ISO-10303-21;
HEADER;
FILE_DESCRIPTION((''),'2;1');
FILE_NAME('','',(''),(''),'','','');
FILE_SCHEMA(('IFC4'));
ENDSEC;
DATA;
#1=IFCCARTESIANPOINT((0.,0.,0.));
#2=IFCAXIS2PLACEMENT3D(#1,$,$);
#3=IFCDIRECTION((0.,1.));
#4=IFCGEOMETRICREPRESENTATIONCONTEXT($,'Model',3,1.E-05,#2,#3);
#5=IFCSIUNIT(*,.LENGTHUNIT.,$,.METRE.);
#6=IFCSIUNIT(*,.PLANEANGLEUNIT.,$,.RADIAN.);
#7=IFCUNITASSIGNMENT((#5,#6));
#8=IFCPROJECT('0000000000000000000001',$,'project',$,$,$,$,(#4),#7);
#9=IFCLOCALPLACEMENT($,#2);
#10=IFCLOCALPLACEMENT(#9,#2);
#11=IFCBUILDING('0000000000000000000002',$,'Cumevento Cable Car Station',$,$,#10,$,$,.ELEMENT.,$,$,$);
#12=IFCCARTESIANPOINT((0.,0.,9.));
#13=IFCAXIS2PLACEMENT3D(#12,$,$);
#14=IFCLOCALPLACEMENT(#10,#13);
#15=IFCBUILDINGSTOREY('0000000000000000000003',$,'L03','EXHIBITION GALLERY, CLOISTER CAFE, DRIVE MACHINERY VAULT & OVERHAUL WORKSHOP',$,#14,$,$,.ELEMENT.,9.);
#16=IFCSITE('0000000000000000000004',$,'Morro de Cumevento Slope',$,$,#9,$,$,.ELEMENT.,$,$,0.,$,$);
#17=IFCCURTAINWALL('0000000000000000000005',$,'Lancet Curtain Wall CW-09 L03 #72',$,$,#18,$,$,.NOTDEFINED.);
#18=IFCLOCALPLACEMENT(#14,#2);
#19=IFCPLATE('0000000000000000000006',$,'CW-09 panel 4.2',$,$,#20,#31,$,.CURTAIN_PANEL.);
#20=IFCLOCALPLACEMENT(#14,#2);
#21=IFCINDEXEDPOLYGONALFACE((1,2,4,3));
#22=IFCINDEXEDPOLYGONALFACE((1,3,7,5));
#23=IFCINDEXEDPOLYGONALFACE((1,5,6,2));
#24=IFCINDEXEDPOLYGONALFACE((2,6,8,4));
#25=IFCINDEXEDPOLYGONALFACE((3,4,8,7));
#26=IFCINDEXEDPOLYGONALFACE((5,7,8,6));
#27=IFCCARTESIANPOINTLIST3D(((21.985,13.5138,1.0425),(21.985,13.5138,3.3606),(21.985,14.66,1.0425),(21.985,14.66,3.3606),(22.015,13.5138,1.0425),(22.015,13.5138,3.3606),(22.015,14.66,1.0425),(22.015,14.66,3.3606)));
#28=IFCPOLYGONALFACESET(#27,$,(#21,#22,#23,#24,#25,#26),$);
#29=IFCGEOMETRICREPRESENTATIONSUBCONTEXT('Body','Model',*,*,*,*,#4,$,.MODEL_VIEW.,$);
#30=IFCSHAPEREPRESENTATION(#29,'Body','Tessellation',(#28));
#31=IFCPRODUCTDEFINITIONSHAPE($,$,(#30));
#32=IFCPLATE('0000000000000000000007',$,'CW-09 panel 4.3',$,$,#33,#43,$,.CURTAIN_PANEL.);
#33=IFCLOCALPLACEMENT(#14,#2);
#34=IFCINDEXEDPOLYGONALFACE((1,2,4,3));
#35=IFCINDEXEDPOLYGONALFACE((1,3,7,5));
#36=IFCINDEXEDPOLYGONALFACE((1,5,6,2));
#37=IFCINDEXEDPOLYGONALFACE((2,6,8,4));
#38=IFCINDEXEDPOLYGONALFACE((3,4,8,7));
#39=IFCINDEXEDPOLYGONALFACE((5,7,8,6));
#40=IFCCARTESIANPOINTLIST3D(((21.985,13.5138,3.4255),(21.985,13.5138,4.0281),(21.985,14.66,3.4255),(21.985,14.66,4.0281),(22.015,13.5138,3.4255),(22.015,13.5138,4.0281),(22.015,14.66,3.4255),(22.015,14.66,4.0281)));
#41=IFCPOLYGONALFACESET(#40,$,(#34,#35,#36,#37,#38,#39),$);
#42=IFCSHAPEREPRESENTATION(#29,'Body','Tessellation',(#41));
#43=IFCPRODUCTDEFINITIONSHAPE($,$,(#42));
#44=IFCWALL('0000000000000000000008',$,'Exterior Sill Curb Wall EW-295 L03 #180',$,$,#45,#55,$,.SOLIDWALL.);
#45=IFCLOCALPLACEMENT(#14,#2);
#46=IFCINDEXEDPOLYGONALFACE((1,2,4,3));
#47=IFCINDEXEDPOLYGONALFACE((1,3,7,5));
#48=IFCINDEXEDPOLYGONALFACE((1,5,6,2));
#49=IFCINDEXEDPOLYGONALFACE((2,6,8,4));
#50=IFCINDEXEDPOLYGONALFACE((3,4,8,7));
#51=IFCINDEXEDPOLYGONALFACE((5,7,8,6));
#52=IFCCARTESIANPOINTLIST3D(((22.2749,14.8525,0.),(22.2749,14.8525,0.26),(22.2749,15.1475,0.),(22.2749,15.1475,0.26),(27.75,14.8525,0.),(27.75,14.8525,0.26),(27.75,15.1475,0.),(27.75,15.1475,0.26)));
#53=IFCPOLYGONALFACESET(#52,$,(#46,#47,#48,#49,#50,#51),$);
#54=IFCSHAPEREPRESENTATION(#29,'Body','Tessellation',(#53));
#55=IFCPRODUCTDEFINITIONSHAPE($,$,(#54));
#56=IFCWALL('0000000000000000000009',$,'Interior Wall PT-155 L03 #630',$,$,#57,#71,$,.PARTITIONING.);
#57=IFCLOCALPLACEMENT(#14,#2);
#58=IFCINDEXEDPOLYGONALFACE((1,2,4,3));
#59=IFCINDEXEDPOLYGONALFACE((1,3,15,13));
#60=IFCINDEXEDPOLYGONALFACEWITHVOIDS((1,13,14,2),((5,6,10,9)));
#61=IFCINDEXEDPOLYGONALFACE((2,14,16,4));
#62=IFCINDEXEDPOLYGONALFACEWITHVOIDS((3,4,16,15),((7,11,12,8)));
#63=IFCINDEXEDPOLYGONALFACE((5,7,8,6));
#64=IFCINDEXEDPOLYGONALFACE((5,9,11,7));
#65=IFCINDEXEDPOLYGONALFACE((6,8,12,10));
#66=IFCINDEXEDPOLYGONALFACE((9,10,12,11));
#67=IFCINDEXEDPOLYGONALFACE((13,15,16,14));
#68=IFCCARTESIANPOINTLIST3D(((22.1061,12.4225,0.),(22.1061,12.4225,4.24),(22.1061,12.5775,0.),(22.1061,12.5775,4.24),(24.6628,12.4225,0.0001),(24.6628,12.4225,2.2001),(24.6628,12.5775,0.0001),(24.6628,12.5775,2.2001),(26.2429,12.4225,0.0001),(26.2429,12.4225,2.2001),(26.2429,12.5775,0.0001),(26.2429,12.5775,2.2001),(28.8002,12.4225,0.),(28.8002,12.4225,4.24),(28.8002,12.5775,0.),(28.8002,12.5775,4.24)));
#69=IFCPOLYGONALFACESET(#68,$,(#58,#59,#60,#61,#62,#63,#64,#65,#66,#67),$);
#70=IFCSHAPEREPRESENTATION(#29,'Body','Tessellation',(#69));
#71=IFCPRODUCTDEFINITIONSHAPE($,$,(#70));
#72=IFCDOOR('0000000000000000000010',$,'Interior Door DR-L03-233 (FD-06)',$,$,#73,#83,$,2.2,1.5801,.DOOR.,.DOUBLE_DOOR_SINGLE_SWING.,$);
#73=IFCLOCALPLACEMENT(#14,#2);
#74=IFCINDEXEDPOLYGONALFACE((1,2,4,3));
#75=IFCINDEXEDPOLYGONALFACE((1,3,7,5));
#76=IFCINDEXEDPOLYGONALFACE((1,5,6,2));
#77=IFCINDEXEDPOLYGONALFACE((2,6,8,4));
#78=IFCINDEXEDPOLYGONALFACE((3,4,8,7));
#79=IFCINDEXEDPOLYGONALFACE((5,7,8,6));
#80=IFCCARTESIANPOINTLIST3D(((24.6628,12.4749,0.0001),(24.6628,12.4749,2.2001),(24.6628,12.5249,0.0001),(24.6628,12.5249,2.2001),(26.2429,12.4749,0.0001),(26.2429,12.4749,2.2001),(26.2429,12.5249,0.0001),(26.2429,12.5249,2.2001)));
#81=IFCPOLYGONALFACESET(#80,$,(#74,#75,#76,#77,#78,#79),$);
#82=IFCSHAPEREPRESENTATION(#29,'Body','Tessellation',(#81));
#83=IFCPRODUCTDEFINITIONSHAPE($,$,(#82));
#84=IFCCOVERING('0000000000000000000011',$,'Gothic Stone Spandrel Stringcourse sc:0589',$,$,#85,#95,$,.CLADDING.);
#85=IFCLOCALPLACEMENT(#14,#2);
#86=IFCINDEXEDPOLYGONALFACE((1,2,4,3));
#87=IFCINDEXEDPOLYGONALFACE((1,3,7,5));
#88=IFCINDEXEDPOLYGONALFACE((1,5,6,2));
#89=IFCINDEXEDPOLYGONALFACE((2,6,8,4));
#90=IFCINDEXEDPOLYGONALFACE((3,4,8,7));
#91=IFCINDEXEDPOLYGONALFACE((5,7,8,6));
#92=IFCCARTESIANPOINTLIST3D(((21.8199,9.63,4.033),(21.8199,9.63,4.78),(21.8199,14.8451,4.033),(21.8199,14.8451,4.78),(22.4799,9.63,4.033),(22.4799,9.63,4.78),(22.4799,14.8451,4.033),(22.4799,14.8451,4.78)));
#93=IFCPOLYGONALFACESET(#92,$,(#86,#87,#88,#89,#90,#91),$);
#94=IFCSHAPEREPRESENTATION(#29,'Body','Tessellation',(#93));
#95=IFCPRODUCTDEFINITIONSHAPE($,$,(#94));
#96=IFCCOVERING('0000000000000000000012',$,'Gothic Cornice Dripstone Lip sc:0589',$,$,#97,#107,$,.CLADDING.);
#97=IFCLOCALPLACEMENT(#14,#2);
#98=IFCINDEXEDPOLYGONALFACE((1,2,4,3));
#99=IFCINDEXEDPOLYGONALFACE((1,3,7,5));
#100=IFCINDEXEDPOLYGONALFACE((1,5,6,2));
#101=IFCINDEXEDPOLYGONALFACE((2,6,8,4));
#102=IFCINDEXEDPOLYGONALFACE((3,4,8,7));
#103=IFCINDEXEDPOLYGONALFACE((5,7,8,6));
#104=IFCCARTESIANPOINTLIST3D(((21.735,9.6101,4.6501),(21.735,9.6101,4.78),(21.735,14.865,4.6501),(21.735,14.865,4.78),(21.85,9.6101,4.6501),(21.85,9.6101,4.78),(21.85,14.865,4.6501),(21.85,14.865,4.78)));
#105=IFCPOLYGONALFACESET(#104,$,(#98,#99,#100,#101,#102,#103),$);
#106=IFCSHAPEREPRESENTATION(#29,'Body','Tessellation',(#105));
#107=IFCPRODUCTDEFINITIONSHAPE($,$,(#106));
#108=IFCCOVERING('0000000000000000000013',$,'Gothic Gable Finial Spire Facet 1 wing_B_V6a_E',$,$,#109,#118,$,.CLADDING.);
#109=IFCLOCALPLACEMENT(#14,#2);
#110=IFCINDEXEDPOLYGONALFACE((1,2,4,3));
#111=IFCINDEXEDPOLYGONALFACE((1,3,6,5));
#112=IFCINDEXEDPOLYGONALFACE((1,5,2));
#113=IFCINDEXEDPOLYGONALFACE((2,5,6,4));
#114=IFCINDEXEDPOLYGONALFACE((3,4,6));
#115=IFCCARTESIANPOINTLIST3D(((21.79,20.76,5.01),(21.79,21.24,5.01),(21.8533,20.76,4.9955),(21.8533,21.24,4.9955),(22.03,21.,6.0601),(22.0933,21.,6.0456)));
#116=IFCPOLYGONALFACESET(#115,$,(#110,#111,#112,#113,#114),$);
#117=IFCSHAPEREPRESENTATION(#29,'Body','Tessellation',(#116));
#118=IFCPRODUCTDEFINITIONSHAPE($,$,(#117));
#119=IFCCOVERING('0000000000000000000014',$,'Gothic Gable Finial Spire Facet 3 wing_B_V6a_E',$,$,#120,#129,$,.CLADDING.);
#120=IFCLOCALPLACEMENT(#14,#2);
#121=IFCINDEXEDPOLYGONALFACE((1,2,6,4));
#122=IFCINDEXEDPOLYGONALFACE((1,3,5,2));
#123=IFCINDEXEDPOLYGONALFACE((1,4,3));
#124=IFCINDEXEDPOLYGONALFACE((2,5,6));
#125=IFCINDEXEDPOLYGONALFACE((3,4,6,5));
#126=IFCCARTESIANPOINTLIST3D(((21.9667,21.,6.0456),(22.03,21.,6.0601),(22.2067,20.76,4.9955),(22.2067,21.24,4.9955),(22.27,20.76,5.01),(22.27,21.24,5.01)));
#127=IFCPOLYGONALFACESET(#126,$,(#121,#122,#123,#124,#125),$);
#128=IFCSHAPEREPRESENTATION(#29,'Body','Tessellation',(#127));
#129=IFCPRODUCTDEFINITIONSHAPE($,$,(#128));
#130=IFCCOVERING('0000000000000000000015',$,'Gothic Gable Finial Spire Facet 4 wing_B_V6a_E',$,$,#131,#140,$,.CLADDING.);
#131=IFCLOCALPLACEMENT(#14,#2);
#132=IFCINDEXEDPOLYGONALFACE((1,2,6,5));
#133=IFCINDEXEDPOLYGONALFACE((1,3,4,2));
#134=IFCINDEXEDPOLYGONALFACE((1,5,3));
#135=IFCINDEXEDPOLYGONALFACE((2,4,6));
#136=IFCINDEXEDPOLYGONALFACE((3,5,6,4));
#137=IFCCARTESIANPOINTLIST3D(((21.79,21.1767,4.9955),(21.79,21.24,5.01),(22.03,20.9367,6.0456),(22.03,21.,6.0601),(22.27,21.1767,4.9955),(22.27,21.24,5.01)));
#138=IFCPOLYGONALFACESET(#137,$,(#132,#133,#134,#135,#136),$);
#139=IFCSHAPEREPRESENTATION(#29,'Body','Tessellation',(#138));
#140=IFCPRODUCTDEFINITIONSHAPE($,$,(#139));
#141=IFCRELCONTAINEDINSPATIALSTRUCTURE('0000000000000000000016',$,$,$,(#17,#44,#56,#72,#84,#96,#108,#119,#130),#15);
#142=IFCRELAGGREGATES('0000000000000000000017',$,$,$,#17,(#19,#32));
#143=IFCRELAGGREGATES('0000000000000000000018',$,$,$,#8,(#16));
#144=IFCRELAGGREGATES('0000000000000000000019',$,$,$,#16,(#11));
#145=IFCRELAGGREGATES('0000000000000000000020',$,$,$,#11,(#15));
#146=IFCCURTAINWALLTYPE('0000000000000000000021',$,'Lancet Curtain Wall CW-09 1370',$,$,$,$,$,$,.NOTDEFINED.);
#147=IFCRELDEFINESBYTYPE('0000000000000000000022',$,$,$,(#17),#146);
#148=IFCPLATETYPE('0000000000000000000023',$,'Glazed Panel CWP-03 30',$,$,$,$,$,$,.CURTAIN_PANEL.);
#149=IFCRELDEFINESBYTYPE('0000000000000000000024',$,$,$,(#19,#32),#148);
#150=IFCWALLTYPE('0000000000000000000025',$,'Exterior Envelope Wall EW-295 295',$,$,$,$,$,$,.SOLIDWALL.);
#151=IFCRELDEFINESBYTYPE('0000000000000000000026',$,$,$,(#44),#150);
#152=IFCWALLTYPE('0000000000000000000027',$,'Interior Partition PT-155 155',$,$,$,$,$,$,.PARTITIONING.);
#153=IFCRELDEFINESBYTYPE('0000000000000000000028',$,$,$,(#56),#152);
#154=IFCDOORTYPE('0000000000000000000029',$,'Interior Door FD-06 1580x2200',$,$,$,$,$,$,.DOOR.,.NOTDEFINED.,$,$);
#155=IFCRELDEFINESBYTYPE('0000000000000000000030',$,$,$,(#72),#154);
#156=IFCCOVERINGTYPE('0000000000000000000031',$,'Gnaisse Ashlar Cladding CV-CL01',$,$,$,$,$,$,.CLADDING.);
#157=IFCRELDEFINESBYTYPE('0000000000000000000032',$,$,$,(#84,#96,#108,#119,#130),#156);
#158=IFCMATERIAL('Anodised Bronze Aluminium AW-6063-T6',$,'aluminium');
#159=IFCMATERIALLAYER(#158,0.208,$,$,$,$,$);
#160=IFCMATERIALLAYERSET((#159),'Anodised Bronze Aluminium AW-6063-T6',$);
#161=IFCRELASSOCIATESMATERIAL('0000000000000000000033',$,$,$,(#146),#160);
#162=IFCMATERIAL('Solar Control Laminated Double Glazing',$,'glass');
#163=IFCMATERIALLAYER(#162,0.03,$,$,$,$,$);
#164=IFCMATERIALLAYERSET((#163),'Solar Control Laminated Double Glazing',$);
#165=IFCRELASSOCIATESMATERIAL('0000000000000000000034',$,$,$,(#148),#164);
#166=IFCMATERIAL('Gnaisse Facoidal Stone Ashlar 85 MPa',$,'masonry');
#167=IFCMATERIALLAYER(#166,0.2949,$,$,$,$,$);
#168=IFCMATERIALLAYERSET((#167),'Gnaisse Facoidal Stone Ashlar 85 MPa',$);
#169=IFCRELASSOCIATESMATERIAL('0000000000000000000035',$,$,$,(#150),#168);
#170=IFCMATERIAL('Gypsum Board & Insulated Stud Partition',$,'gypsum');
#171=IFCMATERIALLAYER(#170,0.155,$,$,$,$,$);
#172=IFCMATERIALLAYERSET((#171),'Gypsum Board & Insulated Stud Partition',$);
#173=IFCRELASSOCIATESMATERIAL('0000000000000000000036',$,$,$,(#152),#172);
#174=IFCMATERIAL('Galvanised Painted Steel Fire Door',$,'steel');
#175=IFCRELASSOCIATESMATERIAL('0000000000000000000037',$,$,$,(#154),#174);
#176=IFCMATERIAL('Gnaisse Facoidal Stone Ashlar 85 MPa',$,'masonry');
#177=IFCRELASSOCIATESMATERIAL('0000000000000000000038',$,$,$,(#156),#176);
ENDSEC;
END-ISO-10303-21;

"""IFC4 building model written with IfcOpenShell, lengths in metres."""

from ifc_helpers import new_model, si_unit, direction, frame, frame_2d, origin, origin_2d, place, context, subcontext, project, spatial, polyline, rectangle, outline, extrude, material, layer, layer_set, type_object, element, fill, aggregate, save


model = new_model("IFC4")

# Units and contexts
model_context = context("Model", 3, precision=1e-05, world=origin(), true_north=direction((0.0, 1.0)))
body_context = subcontext(model_context, "Body", "Model", "MODEL_VIEW")
ifc_project = project(units=[si_unit("LENGTHUNIT", "METRE"), si_unit("PLANEANGLEUNIT", "RADIAN")], contexts=[model_context])

# Site, building, storey
site_placement = place(None, origin())
site = spatial("IfcSite", under=ifc_project, at=site_placement, Name="Morro de Cumevento Slope", CompositionType="ELEMENT", RefElevation=0.0)
building_placement = place(site_placement, origin())
building = spatial("IfcBuilding", under=site, at=building_placement, Name="Cumevento Cable Car Station", CompositionType="ELEMENT")
storey_placement = place(building_placement, frame((0.0, 0.0, 9.0)))
storey = spatial("IfcBuildingStorey", under=building, at=storey_placement, Name="L03", Description="EXHIBITION GALLERY, CLOISTER CAFE, DRIVE MACHINERY VAULT & OVERHAUL WORKSHOP", CompositionType="ELEMENT", Elevation=9.0)

# Curtain wall
ifc_material_1 = material(Name="Anodised Bronze Aluminium AW-6063-T6", Category="aluminium")
ifc_layer_1 = layer(ifc_material_1, 0.208)
ifc_layer_set_1 = layer_set([ifc_layer_1], Name="Anodised Bronze Aluminium AW-6063-T6")
curtain_wall_type_1 = type_object("IfcCurtainWallType", Name="Lancet Curtain Wall CW-09 1370", PredefinedType="NOTDEFINED", material=ifc_layer_set_1)
curtain_wall_1_placement = place(storey_placement, origin())
curtain_wall_1 = element("IfcCurtainWall", 1, at=curtain_wall_1_placement, inside=storey, type_object=curtain_wall_type_1, Name="Lancet Curtain Wall CW-09 L03 #72", PredefinedType="NOTDEFINED")

# Plates
ifc_material_2 = material(Name="Solar Control Laminated Double Glazing", Category="glass")
ifc_layer_2 = layer(ifc_material_2, 0.03)
ifc_layer_set_2 = layer_set([ifc_layer_2], Name="Solar Control Laminated Double Glazing")
plate_type = type_object("IfcPlateType", Name="Glazed Panel CWP-03 30", PredefinedType="CURTAIN_PANEL", material=ifc_layer_set_2)
plate_1_placement = place(storey_placement, frame((22.0, 14.0869, 1.0425), z_axis=(0.0, 0.0, 1.0), x_axis=(0.0, 1.0, 0.0)))
plate_1 = element("IfcPlate", 2, at=plate_1_placement, type_object=plate_type, Name="CW-09 panel 4.2", PredefinedType="CURTAIN_PANEL", context=body_context, shape_type="SweptSolid", body=[
    extrude(rectangle(XDim=1.1462, YDim=0.03, at=origin_2d()), origin(), (0.0, 0.0, 1.0), 2.3181),
])
plate_2_placement = place(storey_placement, frame((22.0, 14.0869, 3.4255), z_axis=(0.0, 0.0, 1.0), x_axis=(0.0, 1.0, 0.0)))
plate_2 = element("IfcPlate", 3, at=plate_2_placement, type_object=plate_type, Name="CW-09 panel 4.3", PredefinedType="CURTAIN_PANEL", context=body_context, shape_type="SweptSolid", body=[
    extrude(rectangle(XDim=1.1462, YDim=0.03, at=origin_2d()), origin(), (0.0, 0.0, 1.0), 0.6025),
])
aggregate(curtain_wall_1, [plate_1, plate_2])

# Wall
ifc_material_3 = material(Name="Gnaisse Facoidal Stone Ashlar 85 MPa", Category="masonry")
ifc_layer_3 = layer(ifc_material_3, 0.2949)
ifc_layer_set_3 = layer_set([ifc_layer_3], Name="Gnaisse Facoidal Stone Ashlar 85 MPa")
wall_type_1 = type_object("IfcWallType", Name="Exterior Envelope Wall EW-295 295", PredefinedType="SOLIDWALL", material=ifc_layer_set_3)
wall_1_placement = place(storey_placement, frame((22.2749, 15.0, 0.0), z_axis=(0.0, 0.0, 1.0), x_axis=(1.0, 0.0, 0.0)))
element("IfcWall", 4, at=wall_1_placement, inside=storey, type_object=wall_type_1, Name="Exterior Sill Curb Wall EW-295 L03 #180", PredefinedType="SOLIDWALL", context=body_context, shape_type="SweptSolid", body=[
    extrude(rectangle(XDim=5.4751, YDim=0.2949, at=frame_2d((2.7375, 0.0))), origin(), (0.0, 0.0, 1.0), 0.26),
])

# Wall, opening, door
ifc_material_4 = material(Name="Gypsum Board & Insulated Stud Partition", Category="gypsum")
ifc_layer_4 = layer(ifc_material_4, 0.155)
ifc_layer_set_4 = layer_set([ifc_layer_4], Name="Gypsum Board & Insulated Stud Partition")
wall_type_2 = type_object("IfcWallType", Name="Interior Partition PT-155 155", PredefinedType="PARTITIONING", material=ifc_layer_set_4)
wall_2_placement = place(storey_placement, frame((22.106, 12.5, 0.0), z_axis=(0.0, 0.0, 1.0), x_axis=(1.0, 0.0, 0.0)))
wall_2 = element("IfcWall", 5, at=wall_2_placement, inside=storey, type_object=wall_type_2, Name="Interior Wall PT-155 L03 #630", PredefinedType="PARTITIONING", context=body_context, shape_type="SweptSolid", body=[
    extrude(rectangle(XDim=6.6941, YDim=0.155, at=frame_2d((3.3472, 0.0))), origin(), (0.0, 0.0, 1.0), 4.24),
])
opening_placement = place(wall_2_placement, frame((2.5569, 0.0, 0.0)))
opening = element("IfcOpeningElement", 6, at=opening_placement, cuts=wall_2, PredefinedType="OPENING", context=body_context, shape_type="SweptSolid", body=[
    extrude(rectangle(XDim=1.5801, YDim=2.2, at=frame_2d((0.79, 1.1001))), frame((0.0, 0.0876, 0.0), z_axis=(0.0, -1.0, 0.0), x_axis=(1.0, 0.0, 0.0)), (0.0, 0.0, 1.0), 0.175),
])
ifc_material_5 = material(Name="Galvanised Painted Steel Fire Door", Category="steel")
door_type = type_object("IfcDoorType", Name="Interior Door FD-06 1580x2200", OperationType="NOTDEFINED", PredefinedType="DOOR", material=ifc_material_5)
door_placement = place(opening_placement, origin())
door = element("IfcDoor", 7, at=door_placement, inside=storey, type_object=door_type, Name="Interior Door DR-L03-233 (FD-06)", OperationType="DOUBLE_DOOR_SINGLE_SWING", OverallHeight=2.2, OverallWidth=1.5801, PredefinedType="DOOR", context=body_context, shape_type="SweptSolid", body=[
    extrude(rectangle(XDim=1.5801, YDim=2.2, at=frame_2d((0.79, 1.1001))), frame((0.0, 0.0249, 0.0), z_axis=(0.0, -1.0, 0.0), x_axis=(1.0, 0.0, 0.0)), (0.0, 0.0, 1.0), 0.05),
])
fill(opening, door)

# Coverings
ifc_material_6 = material(Name="Gnaisse Facoidal Stone Ashlar 85 MPa", Category="masonry")
covering_type = type_object("IfcCoveringType", Name="Gnaisse Ashlar Cladding CV-CL01", PredefinedType="CLADDING", material=ifc_material_6)
covering_1_placement = place(storey_placement, frame((22.1499, 12.2375, 4.033), z_axis=(0.0, 0.0, 1.0), x_axis=(0.0, 1.0, 0.0)))
element("IfcCovering", 8, at=covering_1_placement, inside=storey, type_object=covering_type, Name="Gothic Stone Spandrel Stringcourse sc:0589", PredefinedType="CLADDING", context=body_context, shape_type="SweptSolid", body=[
    extrude(rectangle(XDim=5.2151, YDim=0.6599, at=origin_2d()), origin(), (0.0, 0.0, 1.0), 0.7471),
])
covering_2_placement = place(storey_placement, frame((21.7925, 12.2375, 4.6501), z_axis=(0.0, 0.0, 1.0), x_axis=(0.0, 1.0, 0.0)))
element("IfcCovering", 9, at=covering_2_placement, inside=storey, type_object=covering_type, Name="Gothic Cornice Dripstone Lip sc:0589", PredefinedType="CLADDING", context=body_context, shape_type="SweptSolid", body=[
    extrude(rectangle(XDim=5.2549, YDim=0.115, at=origin_2d()), origin(), (0.0, 0.0, 1.0), 0.1299),
])
for number, where, z_axis, x_axis, name in (
    (10, (21.79, 21.24, 5.01), (-0.974863, 0.0, 0.222806), (0.0, -1.0, 0.0), "Gothic Gable Finial Spire Facet 1 wing_B_V6a_E"),
    (11, (22.27, 20.76, 5.01), (0.974863, 0.0, 0.222806), (0.0, 1.0, 0.0), "Gothic Gable Finial Spire Facet 3 wing_B_V6a_E"),
    (12, (22.27, 21.24, 5.01), (0.0, 0.974863, 0.222806), (-1.0, 0.0, 0.0), "Gothic Gable Finial Spire Facet 4 wing_B_V6a_E"),
):
    element("IfcCovering", number, at=place(storey_placement, frame(where, z_axis=z_axis, x_axis=x_axis)), inside=storey, type_object=covering_type, Name=name, PredefinedType="CLADDING", context=body_context, shape_type="SweptSolid", body=[
        extrude(outline(polyline([(0.0, 0.0), (0.48, 0.0), (0.24, 1.0771), (0.0, 0.0)])), origin(), (0.0, 0.0, -1.0), 0.0649),
    ])

save(model, "model.ifc")
